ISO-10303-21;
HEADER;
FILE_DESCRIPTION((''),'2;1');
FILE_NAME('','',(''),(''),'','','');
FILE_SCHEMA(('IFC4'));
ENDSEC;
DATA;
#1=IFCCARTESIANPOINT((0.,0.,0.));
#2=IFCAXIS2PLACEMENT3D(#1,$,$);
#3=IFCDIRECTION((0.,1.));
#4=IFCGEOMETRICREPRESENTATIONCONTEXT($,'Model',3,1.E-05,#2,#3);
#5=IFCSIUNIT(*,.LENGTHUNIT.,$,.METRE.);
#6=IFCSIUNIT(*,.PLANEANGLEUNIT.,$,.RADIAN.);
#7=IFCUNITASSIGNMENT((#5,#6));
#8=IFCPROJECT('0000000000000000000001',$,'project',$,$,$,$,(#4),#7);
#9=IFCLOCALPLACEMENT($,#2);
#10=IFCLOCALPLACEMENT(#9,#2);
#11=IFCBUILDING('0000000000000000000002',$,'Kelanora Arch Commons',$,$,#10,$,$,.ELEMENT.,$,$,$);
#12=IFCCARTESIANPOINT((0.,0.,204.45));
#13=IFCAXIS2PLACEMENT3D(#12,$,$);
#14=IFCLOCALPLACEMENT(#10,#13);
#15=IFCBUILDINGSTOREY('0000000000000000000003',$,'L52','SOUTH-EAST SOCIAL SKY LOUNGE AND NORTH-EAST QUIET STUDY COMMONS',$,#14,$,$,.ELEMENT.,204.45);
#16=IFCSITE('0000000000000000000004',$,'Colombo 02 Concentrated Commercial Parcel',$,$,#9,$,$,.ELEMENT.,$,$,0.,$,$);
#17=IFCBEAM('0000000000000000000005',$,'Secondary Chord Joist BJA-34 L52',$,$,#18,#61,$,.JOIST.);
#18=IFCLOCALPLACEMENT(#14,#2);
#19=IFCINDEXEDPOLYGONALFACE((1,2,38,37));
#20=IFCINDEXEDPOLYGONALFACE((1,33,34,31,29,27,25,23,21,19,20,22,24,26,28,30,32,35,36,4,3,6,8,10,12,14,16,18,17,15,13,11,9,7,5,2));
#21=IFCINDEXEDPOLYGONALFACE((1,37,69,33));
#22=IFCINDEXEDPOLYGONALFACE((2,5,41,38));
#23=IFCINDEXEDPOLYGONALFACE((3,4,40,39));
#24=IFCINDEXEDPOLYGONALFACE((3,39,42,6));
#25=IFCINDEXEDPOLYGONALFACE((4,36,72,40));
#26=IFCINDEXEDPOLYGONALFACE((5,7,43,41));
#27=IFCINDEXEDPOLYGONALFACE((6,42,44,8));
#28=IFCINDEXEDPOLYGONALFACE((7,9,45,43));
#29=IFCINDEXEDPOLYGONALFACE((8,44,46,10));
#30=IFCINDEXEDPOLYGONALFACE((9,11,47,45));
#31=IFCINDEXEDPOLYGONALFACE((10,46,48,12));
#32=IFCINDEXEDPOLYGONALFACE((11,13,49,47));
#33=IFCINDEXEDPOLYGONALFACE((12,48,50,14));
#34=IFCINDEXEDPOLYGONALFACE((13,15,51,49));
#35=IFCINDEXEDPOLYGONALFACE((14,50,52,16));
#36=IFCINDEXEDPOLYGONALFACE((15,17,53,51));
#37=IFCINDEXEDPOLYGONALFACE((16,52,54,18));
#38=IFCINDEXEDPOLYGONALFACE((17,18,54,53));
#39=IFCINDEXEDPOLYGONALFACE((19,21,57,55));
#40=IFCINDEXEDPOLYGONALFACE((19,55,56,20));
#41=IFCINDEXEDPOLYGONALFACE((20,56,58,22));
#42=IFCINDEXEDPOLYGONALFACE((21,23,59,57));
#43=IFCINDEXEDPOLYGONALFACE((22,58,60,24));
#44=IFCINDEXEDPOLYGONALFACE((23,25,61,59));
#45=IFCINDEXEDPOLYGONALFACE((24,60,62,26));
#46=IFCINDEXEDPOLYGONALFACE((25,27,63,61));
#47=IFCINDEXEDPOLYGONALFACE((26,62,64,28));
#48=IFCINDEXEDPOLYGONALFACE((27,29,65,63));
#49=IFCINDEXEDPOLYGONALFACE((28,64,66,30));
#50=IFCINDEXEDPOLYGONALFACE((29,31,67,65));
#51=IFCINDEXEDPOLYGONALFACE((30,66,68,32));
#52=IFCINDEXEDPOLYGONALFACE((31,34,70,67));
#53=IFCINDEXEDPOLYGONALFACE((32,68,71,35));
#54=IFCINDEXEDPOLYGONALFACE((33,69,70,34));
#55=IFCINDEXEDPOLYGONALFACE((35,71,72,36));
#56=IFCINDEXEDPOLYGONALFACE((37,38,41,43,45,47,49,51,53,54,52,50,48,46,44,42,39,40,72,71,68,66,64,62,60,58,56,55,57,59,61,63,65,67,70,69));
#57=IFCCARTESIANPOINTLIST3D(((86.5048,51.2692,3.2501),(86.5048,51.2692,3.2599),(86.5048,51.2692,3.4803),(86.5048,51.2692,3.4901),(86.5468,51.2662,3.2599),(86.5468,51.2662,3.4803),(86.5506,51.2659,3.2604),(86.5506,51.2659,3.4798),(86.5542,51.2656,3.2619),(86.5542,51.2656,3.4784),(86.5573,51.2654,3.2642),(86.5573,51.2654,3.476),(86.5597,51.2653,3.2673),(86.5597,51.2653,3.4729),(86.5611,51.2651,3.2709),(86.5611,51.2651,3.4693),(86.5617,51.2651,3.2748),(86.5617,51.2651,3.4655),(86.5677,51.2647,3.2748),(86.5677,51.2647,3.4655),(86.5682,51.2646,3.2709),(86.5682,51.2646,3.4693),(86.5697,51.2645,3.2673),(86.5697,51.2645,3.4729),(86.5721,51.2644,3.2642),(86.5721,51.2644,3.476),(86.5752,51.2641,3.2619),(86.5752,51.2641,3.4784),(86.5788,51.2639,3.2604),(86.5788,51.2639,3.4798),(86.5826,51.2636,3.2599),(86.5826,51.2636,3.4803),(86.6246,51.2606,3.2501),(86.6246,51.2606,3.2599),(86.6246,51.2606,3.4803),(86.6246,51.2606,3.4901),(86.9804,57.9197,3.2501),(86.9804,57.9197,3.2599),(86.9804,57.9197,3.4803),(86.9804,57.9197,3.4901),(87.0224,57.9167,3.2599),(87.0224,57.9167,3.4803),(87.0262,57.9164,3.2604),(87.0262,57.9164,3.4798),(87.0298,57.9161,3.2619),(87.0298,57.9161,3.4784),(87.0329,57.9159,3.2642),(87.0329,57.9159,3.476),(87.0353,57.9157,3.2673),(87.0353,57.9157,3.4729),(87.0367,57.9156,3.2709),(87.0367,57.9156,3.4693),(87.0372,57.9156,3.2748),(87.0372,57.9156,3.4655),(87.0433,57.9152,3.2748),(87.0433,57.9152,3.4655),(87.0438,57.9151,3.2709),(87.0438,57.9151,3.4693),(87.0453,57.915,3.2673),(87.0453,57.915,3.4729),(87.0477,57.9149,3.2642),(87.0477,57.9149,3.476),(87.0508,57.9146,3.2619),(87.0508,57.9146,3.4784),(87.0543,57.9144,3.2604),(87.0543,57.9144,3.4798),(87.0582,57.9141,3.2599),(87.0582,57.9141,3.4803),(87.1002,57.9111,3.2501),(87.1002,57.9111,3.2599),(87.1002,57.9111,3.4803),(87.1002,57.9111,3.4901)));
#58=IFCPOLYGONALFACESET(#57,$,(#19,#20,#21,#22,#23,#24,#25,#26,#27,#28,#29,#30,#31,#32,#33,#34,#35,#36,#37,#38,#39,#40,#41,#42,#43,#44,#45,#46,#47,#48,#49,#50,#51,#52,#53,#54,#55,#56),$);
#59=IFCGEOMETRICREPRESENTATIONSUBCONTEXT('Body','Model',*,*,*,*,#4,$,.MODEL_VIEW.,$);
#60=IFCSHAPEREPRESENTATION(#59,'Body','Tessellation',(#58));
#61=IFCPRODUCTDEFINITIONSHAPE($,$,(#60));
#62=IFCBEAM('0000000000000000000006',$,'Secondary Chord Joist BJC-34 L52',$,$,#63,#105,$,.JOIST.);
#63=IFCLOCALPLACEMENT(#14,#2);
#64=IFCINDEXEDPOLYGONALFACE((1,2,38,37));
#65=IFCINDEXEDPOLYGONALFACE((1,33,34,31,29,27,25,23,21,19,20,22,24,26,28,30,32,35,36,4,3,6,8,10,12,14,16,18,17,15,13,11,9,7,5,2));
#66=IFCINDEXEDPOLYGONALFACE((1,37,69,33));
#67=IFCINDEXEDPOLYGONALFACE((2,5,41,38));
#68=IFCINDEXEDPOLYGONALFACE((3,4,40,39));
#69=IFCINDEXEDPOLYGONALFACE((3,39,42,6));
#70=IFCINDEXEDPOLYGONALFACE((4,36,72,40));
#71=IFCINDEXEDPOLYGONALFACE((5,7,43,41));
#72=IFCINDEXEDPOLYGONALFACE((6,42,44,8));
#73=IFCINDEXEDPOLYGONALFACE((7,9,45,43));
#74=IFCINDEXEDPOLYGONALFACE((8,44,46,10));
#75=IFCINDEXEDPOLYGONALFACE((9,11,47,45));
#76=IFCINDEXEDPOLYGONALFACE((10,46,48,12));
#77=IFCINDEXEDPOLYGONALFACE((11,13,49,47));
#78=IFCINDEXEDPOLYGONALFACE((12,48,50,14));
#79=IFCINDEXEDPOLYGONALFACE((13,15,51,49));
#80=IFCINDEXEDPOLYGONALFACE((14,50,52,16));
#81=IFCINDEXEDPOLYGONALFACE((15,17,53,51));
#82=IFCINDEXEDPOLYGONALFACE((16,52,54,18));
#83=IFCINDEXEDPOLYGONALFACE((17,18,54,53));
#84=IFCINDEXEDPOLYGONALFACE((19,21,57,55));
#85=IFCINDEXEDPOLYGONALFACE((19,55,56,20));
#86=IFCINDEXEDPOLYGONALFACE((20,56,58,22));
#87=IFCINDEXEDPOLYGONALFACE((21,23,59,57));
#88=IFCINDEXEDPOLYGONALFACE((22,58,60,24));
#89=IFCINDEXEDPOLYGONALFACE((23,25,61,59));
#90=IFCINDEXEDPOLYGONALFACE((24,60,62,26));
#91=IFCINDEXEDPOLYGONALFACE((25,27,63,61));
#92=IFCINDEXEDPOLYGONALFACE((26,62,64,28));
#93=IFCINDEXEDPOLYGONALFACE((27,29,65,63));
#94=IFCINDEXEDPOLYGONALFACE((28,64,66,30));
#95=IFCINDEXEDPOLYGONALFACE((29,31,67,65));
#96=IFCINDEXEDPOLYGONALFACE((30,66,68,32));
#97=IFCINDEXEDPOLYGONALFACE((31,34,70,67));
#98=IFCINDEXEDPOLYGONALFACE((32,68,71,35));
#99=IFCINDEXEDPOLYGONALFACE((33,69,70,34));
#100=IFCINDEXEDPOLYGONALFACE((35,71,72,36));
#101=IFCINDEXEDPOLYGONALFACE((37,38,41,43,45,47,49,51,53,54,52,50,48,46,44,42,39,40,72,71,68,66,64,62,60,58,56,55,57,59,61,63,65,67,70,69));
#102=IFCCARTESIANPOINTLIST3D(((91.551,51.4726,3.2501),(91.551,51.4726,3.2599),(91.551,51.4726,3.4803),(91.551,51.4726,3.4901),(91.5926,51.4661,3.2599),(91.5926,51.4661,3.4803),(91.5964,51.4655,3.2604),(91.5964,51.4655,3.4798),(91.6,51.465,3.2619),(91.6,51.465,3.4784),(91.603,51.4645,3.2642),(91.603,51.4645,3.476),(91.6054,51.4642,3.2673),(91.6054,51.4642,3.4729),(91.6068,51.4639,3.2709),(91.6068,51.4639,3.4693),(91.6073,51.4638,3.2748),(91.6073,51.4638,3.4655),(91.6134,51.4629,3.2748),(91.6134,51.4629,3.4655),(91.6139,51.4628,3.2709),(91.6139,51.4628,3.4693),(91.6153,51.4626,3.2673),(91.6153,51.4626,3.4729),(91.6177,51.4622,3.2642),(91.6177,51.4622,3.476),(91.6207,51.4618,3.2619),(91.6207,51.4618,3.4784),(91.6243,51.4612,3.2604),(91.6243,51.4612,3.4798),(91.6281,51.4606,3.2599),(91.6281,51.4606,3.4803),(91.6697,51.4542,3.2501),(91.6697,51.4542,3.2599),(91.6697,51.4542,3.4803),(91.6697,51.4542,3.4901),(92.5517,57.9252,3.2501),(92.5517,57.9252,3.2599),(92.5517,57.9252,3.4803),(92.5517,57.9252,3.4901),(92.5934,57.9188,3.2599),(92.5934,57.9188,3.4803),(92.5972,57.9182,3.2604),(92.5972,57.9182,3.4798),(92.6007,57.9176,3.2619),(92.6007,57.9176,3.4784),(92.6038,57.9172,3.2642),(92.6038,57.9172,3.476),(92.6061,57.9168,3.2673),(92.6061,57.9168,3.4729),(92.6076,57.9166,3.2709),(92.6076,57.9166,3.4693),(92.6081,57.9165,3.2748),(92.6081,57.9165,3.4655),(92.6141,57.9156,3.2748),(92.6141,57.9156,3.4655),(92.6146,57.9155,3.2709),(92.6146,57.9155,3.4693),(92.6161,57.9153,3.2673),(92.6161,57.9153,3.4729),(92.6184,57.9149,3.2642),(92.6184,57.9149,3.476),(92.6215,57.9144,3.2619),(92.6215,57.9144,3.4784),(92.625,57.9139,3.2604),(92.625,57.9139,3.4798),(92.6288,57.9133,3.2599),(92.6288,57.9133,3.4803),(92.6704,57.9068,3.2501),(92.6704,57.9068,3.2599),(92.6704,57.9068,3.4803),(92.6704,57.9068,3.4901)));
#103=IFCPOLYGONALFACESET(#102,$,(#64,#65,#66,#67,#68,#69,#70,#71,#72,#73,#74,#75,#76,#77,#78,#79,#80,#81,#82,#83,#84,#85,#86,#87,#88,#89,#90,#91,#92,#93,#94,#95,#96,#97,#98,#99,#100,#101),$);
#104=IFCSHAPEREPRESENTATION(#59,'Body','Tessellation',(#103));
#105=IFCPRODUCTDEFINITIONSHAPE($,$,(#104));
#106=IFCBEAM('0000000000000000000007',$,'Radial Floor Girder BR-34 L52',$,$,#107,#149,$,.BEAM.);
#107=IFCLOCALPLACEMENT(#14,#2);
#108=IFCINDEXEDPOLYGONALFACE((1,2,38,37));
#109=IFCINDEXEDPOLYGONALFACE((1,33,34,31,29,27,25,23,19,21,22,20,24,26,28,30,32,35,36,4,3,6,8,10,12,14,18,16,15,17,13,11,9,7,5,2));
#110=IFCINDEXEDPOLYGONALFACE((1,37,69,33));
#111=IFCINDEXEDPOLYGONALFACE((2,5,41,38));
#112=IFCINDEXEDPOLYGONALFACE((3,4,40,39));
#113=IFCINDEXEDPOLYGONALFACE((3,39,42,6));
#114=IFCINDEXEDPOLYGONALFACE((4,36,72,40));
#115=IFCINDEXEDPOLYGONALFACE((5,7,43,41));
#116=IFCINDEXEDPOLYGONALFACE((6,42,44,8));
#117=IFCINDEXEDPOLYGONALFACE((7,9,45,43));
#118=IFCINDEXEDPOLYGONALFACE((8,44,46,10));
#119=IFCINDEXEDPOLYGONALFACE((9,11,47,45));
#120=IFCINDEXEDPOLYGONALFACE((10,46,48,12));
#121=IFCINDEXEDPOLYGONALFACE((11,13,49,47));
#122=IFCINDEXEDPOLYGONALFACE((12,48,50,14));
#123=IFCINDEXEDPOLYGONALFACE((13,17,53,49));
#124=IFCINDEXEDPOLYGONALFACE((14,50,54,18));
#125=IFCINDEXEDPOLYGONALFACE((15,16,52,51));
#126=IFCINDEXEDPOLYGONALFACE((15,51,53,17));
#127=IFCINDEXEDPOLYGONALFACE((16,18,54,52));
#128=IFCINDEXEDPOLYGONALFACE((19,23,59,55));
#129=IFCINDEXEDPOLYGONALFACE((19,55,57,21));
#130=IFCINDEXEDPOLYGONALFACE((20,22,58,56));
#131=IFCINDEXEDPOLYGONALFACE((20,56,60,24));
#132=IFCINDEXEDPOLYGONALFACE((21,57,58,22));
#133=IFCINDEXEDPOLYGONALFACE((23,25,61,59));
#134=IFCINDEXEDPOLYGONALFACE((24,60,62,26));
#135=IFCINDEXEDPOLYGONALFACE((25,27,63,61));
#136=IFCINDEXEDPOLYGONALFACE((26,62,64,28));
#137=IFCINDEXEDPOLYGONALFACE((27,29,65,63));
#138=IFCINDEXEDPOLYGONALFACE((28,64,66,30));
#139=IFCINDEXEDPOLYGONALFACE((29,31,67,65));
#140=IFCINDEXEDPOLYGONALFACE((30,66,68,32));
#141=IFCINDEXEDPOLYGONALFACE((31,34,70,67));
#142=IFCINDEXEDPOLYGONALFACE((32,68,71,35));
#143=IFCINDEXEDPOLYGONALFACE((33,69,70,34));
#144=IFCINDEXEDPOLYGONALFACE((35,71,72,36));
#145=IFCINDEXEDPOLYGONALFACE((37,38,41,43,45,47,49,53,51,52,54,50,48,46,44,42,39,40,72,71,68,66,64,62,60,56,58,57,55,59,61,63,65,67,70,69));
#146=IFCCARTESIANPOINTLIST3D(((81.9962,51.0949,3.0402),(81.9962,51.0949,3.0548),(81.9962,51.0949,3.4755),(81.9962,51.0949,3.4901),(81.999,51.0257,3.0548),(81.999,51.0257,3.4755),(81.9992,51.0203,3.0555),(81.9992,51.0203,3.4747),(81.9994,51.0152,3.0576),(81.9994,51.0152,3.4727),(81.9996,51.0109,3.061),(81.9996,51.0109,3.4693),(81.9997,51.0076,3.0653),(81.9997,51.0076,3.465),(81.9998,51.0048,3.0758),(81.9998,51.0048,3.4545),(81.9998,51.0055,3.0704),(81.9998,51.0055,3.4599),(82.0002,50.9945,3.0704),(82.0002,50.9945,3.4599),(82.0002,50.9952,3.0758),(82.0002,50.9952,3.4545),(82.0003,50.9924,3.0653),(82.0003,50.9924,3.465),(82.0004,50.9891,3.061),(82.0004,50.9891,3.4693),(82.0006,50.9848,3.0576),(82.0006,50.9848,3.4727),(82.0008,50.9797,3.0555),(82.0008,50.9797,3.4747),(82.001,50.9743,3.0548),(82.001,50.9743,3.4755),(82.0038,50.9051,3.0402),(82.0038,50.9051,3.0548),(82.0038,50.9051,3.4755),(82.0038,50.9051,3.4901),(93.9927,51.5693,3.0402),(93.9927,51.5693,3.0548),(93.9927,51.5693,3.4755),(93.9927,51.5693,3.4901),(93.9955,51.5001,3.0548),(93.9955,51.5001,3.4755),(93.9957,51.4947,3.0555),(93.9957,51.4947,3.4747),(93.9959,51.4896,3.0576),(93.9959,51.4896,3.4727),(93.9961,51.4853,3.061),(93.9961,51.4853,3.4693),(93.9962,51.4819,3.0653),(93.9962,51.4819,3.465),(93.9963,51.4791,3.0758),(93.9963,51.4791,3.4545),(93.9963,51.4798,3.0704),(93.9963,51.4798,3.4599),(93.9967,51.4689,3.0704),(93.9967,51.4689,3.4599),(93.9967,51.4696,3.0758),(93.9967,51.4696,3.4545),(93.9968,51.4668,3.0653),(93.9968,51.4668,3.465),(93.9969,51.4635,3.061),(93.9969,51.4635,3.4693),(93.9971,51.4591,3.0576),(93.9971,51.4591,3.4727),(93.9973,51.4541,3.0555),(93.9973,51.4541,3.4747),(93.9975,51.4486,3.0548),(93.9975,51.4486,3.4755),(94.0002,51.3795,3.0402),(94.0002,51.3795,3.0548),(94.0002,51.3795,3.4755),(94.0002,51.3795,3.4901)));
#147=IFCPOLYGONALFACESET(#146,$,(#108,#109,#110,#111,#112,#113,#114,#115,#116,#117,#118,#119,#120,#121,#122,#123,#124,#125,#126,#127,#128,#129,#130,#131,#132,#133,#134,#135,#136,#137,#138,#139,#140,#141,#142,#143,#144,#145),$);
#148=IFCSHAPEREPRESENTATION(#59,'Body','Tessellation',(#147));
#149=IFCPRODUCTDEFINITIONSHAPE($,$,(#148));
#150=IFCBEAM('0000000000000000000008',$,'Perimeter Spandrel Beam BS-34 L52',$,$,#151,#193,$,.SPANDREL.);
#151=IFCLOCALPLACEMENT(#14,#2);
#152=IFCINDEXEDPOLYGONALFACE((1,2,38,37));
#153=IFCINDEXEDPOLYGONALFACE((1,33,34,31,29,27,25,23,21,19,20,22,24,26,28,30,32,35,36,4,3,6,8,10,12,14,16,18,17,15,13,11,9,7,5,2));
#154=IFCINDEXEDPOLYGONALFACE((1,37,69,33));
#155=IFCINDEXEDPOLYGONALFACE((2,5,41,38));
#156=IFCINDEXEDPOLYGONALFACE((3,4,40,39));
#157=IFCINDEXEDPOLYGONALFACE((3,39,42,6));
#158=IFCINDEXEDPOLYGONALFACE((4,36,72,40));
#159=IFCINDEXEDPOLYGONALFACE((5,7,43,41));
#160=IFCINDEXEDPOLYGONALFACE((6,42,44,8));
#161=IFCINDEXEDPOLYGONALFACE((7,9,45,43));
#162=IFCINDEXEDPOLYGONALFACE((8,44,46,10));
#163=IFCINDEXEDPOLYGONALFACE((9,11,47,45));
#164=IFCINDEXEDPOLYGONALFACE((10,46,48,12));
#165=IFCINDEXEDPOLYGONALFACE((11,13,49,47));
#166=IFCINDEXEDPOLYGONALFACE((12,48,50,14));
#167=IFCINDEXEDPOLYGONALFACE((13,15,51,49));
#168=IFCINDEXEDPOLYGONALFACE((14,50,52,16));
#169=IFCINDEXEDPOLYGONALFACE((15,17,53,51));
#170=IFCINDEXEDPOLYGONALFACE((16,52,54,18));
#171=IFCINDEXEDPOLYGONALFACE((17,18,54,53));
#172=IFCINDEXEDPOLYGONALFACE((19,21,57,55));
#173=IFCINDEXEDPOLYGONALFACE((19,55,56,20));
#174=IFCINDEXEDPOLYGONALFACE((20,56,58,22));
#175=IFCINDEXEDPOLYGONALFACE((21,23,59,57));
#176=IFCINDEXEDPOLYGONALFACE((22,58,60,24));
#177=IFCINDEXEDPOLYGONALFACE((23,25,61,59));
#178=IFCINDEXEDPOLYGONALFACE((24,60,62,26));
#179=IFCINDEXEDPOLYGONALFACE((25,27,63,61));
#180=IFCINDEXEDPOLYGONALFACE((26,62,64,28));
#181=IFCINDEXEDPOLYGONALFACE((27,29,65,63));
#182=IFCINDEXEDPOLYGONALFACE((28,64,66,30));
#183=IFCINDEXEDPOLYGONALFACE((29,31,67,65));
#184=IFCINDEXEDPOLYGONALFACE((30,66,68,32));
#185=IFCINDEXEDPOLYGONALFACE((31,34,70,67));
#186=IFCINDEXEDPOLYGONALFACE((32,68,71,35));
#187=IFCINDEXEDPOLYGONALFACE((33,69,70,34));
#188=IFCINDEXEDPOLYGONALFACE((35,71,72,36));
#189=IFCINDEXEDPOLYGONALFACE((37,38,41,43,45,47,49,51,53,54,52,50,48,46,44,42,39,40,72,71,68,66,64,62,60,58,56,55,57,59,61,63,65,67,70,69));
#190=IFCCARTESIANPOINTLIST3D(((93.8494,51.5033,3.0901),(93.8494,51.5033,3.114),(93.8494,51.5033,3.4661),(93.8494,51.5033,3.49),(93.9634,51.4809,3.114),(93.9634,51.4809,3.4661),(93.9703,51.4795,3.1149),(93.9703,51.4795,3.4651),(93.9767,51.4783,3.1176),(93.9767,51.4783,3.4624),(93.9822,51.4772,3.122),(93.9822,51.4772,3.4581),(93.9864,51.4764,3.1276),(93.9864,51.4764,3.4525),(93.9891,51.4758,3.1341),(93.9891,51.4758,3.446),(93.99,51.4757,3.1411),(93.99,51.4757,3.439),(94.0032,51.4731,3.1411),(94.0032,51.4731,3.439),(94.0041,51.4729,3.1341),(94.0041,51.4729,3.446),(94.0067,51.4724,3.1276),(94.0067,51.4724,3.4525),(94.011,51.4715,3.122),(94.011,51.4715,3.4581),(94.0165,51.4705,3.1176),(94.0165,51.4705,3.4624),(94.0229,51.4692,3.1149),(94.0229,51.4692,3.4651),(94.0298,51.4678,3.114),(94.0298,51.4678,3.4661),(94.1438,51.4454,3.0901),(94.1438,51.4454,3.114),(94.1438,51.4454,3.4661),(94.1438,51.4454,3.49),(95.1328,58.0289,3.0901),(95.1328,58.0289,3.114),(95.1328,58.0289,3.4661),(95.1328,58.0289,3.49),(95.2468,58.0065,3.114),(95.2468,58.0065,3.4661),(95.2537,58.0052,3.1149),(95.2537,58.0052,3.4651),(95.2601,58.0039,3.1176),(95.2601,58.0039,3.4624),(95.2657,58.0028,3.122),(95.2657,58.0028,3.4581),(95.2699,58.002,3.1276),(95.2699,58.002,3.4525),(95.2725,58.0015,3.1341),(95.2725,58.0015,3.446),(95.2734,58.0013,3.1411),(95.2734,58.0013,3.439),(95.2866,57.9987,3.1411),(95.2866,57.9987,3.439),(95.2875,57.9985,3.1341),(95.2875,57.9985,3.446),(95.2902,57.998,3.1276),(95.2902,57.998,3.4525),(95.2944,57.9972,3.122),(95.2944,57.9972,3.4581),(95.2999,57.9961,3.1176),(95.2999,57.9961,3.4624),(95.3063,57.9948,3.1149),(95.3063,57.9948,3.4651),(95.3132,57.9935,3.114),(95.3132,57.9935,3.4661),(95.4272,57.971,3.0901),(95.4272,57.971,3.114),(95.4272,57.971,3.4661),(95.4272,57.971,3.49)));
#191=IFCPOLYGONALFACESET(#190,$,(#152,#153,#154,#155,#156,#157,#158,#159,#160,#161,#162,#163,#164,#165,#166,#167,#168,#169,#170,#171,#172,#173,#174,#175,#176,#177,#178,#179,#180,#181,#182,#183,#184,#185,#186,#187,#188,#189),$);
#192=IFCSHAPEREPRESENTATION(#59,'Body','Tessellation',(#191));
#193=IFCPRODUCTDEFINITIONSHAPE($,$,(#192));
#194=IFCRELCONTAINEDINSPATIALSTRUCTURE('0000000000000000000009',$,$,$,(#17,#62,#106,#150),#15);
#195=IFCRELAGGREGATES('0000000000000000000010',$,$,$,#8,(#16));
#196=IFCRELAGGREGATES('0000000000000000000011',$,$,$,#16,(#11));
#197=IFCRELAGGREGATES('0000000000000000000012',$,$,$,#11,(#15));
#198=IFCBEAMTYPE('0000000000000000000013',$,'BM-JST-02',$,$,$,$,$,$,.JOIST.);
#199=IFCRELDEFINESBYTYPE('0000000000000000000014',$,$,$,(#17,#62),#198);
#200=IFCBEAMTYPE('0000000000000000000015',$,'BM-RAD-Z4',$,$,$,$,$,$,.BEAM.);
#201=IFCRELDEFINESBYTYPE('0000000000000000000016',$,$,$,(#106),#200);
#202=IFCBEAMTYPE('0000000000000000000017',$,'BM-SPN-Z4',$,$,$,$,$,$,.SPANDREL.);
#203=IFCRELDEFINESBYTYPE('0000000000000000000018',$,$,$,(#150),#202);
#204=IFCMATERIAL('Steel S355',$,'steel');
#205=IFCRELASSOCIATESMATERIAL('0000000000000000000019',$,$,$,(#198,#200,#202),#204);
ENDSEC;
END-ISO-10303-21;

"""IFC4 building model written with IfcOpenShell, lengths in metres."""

from ifc_helpers import new_model, si_unit, direction, frame, origin, origin_2d, place, context, subcontext, project, spatial, i_section, extrude, material, material_profile, profile_set, type_object, element, save


model = new_model("IFC4")

# Units and contexts
model_context = context("Model", 3, precision=1e-05, world=origin(), true_north=direction((0.0, 1.0)))
body_context = subcontext(model_context, "Body", "Model", "MODEL_VIEW")
ifc_project = project(units=[si_unit("LENGTHUNIT", "METRE"), si_unit("PLANEANGLEUNIT", "RADIAN")], contexts=[model_context])

# Site, building, storey
site_placement = place(None, origin())
site = spatial("IfcSite", under=ifc_project, at=site_placement, Name="Colombo 02 Concentrated Commercial Parcel", CompositionType="ELEMENT", RefElevation=0.0)
building_placement = place(site_placement, origin())
building = spatial("IfcBuilding", under=site, at=building_placement, Name="Kelanora Arch Commons", CompositionType="ELEMENT")
storey_placement = place(building_placement, frame((0.0, 0.0, 204.45)))
storey = spatial("IfcBuildingStorey", under=building, at=storey_placement, Name="L52", Description="SOUTH-EAST SOCIAL SKY LOUNGE AND NORTH-EAST QUIET STUDY COMMONS", CompositionType="ELEMENT", Elevation=204.45)

# Beams
ifc_material_1 = material(Name="Steel S355", Category="steel")
ifc_material_profile_1 = material_profile(ifc_material_1, i_section(OverallWidth=0.1201, OverallDepth=0.24, WebThickness=0.0061, FlangeThickness=0.0098, FilletRadius=0.0149, at=origin_2d()), Name="IPE240")
ifc_profile_set_1 = profile_set([ifc_material_profile_1], Name="Steel S355")
beam_type_1 = type_object("IfcBeamType", Name="BM-JST-02", PredefinedType="JOIST", material=ifc_profile_set_1)
beam_1_placement = place(storey_placement, frame((86.5647, 51.2649, 3.3701), z_axis=(0.07133, 0.997453, 0.0), x_axis=(-0.997453, 0.07133, 0.0)))
element("IfcBeam", 1, at=beam_1_placement, inside=storey, type_object=beam_type_1, Name="Secondary Chord Joist BJA-34 L52", PredefinedType="JOIST", context=body_context, shape_type="SweptSolid", body=[
    extrude(i_section(OverallWidth=0.1201, OverallDepth=0.24, WebThickness=0.0061, FlangeThickness=0.0098, FilletRadius=0.0149, at=origin_2d()), origin(), (0.0, 0.0, 1.0), 6.6675),
])
beam_2_placement = place(storey_placement, frame((91.6104, 51.4634, 3.3701), z_axis=(0.153257, 0.988186, 0.0), x_axis=(-0.988186, 0.153257, 0.0)))
element("IfcBeam", 2, at=beam_2_placement, inside=storey, type_object=beam_type_1, Name="Secondary Chord Joist BJC-34 L52", PredefinedType="JOIST", context=body_context, shape_type="SweptSolid", body=[
    extrude(i_section(OverallWidth=0.1201, OverallDepth=0.24, WebThickness=0.0061, FlangeThickness=0.0098, FilletRadius=0.0149, at=origin_2d()), origin(), (0.0, 0.0, 1.0), 6.5298),
])
ifc_material_profile_2 = material_profile(ifc_material_1, i_section(OverallWidth=0.1899, OverallDepth=0.45, WebThickness=0.0095, FlangeThickness=0.0146, FilletRadius=0.021, at=origin_2d()), Name="IPE450")
ifc_profile_set_2 = profile_set([ifc_material_profile_2], Name="Steel S355")
beam_type_2 = type_object("IfcBeamType", Name="BM-RAD-Z4", PredefinedType="BEAM", material=ifc_profile_set_2)
beam_3_placement = place(storey_placement, frame((82.0, 51.0, 3.2651), z_axis=(0.999219, 0.039511, 0.0), x_axis=(-0.039511, 0.999219, 0.0)))
element("IfcBeam", 3, at=beam_3_placement, inside=storey, type_object=beam_type_2, Name="Radial Floor Girder BR-34 L52", PredefinedType="BEAM", context=body_context, shape_type="SweptSolid", body=[
    extrude(i_section(OverallWidth=0.1899, OverallDepth=0.45, WebThickness=0.0095, FlangeThickness=0.0146, FilletRadius=0.021, at=origin_2d()), origin(), (0.0, 0.0, 1.0), 12.0059),
])
ifc_material_profile_3 = material_profile(ifc_material_1, i_section(OverallWidth=0.3, OverallDepth=0.3999, WebThickness=0.0134, FlangeThickness=0.0239, FilletRadius=0.0271, at=origin_2d()), Name="HEB400")
ifc_profile_set_3 = profile_set([ifc_material_profile_3], Name="Steel S355")
beam_type_3 = type_object("IfcBeamType", Name="BM-SPN-Z4", PredefinedType="SPANDREL", material=ifc_profile_set_3)
beam_4_placement = place(storey_placement, frame((93.9966, 51.4744, 3.29), z_axis=(0.192981, 0.981203, 0.0), x_axis=(-0.981203, 0.192981, 0.0)))
element("IfcBeam", 4, at=beam_4_placement, inside=storey, type_object=beam_type_3, Name="Perimeter Spandrel Beam BS-34 L52", PredefinedType="SPANDREL", context=body_context, shape_type="SweptSolid", body=[
    extrude(i_section(OverallWidth=0.3, OverallDepth=0.3999, WebThickness=0.0134, FlangeThickness=0.0239, FilletRadius=0.0271, at=origin_2d()), origin(), (0.0, 0.0, 1.0), 6.6506),
])

save(model, "model.ifc")
